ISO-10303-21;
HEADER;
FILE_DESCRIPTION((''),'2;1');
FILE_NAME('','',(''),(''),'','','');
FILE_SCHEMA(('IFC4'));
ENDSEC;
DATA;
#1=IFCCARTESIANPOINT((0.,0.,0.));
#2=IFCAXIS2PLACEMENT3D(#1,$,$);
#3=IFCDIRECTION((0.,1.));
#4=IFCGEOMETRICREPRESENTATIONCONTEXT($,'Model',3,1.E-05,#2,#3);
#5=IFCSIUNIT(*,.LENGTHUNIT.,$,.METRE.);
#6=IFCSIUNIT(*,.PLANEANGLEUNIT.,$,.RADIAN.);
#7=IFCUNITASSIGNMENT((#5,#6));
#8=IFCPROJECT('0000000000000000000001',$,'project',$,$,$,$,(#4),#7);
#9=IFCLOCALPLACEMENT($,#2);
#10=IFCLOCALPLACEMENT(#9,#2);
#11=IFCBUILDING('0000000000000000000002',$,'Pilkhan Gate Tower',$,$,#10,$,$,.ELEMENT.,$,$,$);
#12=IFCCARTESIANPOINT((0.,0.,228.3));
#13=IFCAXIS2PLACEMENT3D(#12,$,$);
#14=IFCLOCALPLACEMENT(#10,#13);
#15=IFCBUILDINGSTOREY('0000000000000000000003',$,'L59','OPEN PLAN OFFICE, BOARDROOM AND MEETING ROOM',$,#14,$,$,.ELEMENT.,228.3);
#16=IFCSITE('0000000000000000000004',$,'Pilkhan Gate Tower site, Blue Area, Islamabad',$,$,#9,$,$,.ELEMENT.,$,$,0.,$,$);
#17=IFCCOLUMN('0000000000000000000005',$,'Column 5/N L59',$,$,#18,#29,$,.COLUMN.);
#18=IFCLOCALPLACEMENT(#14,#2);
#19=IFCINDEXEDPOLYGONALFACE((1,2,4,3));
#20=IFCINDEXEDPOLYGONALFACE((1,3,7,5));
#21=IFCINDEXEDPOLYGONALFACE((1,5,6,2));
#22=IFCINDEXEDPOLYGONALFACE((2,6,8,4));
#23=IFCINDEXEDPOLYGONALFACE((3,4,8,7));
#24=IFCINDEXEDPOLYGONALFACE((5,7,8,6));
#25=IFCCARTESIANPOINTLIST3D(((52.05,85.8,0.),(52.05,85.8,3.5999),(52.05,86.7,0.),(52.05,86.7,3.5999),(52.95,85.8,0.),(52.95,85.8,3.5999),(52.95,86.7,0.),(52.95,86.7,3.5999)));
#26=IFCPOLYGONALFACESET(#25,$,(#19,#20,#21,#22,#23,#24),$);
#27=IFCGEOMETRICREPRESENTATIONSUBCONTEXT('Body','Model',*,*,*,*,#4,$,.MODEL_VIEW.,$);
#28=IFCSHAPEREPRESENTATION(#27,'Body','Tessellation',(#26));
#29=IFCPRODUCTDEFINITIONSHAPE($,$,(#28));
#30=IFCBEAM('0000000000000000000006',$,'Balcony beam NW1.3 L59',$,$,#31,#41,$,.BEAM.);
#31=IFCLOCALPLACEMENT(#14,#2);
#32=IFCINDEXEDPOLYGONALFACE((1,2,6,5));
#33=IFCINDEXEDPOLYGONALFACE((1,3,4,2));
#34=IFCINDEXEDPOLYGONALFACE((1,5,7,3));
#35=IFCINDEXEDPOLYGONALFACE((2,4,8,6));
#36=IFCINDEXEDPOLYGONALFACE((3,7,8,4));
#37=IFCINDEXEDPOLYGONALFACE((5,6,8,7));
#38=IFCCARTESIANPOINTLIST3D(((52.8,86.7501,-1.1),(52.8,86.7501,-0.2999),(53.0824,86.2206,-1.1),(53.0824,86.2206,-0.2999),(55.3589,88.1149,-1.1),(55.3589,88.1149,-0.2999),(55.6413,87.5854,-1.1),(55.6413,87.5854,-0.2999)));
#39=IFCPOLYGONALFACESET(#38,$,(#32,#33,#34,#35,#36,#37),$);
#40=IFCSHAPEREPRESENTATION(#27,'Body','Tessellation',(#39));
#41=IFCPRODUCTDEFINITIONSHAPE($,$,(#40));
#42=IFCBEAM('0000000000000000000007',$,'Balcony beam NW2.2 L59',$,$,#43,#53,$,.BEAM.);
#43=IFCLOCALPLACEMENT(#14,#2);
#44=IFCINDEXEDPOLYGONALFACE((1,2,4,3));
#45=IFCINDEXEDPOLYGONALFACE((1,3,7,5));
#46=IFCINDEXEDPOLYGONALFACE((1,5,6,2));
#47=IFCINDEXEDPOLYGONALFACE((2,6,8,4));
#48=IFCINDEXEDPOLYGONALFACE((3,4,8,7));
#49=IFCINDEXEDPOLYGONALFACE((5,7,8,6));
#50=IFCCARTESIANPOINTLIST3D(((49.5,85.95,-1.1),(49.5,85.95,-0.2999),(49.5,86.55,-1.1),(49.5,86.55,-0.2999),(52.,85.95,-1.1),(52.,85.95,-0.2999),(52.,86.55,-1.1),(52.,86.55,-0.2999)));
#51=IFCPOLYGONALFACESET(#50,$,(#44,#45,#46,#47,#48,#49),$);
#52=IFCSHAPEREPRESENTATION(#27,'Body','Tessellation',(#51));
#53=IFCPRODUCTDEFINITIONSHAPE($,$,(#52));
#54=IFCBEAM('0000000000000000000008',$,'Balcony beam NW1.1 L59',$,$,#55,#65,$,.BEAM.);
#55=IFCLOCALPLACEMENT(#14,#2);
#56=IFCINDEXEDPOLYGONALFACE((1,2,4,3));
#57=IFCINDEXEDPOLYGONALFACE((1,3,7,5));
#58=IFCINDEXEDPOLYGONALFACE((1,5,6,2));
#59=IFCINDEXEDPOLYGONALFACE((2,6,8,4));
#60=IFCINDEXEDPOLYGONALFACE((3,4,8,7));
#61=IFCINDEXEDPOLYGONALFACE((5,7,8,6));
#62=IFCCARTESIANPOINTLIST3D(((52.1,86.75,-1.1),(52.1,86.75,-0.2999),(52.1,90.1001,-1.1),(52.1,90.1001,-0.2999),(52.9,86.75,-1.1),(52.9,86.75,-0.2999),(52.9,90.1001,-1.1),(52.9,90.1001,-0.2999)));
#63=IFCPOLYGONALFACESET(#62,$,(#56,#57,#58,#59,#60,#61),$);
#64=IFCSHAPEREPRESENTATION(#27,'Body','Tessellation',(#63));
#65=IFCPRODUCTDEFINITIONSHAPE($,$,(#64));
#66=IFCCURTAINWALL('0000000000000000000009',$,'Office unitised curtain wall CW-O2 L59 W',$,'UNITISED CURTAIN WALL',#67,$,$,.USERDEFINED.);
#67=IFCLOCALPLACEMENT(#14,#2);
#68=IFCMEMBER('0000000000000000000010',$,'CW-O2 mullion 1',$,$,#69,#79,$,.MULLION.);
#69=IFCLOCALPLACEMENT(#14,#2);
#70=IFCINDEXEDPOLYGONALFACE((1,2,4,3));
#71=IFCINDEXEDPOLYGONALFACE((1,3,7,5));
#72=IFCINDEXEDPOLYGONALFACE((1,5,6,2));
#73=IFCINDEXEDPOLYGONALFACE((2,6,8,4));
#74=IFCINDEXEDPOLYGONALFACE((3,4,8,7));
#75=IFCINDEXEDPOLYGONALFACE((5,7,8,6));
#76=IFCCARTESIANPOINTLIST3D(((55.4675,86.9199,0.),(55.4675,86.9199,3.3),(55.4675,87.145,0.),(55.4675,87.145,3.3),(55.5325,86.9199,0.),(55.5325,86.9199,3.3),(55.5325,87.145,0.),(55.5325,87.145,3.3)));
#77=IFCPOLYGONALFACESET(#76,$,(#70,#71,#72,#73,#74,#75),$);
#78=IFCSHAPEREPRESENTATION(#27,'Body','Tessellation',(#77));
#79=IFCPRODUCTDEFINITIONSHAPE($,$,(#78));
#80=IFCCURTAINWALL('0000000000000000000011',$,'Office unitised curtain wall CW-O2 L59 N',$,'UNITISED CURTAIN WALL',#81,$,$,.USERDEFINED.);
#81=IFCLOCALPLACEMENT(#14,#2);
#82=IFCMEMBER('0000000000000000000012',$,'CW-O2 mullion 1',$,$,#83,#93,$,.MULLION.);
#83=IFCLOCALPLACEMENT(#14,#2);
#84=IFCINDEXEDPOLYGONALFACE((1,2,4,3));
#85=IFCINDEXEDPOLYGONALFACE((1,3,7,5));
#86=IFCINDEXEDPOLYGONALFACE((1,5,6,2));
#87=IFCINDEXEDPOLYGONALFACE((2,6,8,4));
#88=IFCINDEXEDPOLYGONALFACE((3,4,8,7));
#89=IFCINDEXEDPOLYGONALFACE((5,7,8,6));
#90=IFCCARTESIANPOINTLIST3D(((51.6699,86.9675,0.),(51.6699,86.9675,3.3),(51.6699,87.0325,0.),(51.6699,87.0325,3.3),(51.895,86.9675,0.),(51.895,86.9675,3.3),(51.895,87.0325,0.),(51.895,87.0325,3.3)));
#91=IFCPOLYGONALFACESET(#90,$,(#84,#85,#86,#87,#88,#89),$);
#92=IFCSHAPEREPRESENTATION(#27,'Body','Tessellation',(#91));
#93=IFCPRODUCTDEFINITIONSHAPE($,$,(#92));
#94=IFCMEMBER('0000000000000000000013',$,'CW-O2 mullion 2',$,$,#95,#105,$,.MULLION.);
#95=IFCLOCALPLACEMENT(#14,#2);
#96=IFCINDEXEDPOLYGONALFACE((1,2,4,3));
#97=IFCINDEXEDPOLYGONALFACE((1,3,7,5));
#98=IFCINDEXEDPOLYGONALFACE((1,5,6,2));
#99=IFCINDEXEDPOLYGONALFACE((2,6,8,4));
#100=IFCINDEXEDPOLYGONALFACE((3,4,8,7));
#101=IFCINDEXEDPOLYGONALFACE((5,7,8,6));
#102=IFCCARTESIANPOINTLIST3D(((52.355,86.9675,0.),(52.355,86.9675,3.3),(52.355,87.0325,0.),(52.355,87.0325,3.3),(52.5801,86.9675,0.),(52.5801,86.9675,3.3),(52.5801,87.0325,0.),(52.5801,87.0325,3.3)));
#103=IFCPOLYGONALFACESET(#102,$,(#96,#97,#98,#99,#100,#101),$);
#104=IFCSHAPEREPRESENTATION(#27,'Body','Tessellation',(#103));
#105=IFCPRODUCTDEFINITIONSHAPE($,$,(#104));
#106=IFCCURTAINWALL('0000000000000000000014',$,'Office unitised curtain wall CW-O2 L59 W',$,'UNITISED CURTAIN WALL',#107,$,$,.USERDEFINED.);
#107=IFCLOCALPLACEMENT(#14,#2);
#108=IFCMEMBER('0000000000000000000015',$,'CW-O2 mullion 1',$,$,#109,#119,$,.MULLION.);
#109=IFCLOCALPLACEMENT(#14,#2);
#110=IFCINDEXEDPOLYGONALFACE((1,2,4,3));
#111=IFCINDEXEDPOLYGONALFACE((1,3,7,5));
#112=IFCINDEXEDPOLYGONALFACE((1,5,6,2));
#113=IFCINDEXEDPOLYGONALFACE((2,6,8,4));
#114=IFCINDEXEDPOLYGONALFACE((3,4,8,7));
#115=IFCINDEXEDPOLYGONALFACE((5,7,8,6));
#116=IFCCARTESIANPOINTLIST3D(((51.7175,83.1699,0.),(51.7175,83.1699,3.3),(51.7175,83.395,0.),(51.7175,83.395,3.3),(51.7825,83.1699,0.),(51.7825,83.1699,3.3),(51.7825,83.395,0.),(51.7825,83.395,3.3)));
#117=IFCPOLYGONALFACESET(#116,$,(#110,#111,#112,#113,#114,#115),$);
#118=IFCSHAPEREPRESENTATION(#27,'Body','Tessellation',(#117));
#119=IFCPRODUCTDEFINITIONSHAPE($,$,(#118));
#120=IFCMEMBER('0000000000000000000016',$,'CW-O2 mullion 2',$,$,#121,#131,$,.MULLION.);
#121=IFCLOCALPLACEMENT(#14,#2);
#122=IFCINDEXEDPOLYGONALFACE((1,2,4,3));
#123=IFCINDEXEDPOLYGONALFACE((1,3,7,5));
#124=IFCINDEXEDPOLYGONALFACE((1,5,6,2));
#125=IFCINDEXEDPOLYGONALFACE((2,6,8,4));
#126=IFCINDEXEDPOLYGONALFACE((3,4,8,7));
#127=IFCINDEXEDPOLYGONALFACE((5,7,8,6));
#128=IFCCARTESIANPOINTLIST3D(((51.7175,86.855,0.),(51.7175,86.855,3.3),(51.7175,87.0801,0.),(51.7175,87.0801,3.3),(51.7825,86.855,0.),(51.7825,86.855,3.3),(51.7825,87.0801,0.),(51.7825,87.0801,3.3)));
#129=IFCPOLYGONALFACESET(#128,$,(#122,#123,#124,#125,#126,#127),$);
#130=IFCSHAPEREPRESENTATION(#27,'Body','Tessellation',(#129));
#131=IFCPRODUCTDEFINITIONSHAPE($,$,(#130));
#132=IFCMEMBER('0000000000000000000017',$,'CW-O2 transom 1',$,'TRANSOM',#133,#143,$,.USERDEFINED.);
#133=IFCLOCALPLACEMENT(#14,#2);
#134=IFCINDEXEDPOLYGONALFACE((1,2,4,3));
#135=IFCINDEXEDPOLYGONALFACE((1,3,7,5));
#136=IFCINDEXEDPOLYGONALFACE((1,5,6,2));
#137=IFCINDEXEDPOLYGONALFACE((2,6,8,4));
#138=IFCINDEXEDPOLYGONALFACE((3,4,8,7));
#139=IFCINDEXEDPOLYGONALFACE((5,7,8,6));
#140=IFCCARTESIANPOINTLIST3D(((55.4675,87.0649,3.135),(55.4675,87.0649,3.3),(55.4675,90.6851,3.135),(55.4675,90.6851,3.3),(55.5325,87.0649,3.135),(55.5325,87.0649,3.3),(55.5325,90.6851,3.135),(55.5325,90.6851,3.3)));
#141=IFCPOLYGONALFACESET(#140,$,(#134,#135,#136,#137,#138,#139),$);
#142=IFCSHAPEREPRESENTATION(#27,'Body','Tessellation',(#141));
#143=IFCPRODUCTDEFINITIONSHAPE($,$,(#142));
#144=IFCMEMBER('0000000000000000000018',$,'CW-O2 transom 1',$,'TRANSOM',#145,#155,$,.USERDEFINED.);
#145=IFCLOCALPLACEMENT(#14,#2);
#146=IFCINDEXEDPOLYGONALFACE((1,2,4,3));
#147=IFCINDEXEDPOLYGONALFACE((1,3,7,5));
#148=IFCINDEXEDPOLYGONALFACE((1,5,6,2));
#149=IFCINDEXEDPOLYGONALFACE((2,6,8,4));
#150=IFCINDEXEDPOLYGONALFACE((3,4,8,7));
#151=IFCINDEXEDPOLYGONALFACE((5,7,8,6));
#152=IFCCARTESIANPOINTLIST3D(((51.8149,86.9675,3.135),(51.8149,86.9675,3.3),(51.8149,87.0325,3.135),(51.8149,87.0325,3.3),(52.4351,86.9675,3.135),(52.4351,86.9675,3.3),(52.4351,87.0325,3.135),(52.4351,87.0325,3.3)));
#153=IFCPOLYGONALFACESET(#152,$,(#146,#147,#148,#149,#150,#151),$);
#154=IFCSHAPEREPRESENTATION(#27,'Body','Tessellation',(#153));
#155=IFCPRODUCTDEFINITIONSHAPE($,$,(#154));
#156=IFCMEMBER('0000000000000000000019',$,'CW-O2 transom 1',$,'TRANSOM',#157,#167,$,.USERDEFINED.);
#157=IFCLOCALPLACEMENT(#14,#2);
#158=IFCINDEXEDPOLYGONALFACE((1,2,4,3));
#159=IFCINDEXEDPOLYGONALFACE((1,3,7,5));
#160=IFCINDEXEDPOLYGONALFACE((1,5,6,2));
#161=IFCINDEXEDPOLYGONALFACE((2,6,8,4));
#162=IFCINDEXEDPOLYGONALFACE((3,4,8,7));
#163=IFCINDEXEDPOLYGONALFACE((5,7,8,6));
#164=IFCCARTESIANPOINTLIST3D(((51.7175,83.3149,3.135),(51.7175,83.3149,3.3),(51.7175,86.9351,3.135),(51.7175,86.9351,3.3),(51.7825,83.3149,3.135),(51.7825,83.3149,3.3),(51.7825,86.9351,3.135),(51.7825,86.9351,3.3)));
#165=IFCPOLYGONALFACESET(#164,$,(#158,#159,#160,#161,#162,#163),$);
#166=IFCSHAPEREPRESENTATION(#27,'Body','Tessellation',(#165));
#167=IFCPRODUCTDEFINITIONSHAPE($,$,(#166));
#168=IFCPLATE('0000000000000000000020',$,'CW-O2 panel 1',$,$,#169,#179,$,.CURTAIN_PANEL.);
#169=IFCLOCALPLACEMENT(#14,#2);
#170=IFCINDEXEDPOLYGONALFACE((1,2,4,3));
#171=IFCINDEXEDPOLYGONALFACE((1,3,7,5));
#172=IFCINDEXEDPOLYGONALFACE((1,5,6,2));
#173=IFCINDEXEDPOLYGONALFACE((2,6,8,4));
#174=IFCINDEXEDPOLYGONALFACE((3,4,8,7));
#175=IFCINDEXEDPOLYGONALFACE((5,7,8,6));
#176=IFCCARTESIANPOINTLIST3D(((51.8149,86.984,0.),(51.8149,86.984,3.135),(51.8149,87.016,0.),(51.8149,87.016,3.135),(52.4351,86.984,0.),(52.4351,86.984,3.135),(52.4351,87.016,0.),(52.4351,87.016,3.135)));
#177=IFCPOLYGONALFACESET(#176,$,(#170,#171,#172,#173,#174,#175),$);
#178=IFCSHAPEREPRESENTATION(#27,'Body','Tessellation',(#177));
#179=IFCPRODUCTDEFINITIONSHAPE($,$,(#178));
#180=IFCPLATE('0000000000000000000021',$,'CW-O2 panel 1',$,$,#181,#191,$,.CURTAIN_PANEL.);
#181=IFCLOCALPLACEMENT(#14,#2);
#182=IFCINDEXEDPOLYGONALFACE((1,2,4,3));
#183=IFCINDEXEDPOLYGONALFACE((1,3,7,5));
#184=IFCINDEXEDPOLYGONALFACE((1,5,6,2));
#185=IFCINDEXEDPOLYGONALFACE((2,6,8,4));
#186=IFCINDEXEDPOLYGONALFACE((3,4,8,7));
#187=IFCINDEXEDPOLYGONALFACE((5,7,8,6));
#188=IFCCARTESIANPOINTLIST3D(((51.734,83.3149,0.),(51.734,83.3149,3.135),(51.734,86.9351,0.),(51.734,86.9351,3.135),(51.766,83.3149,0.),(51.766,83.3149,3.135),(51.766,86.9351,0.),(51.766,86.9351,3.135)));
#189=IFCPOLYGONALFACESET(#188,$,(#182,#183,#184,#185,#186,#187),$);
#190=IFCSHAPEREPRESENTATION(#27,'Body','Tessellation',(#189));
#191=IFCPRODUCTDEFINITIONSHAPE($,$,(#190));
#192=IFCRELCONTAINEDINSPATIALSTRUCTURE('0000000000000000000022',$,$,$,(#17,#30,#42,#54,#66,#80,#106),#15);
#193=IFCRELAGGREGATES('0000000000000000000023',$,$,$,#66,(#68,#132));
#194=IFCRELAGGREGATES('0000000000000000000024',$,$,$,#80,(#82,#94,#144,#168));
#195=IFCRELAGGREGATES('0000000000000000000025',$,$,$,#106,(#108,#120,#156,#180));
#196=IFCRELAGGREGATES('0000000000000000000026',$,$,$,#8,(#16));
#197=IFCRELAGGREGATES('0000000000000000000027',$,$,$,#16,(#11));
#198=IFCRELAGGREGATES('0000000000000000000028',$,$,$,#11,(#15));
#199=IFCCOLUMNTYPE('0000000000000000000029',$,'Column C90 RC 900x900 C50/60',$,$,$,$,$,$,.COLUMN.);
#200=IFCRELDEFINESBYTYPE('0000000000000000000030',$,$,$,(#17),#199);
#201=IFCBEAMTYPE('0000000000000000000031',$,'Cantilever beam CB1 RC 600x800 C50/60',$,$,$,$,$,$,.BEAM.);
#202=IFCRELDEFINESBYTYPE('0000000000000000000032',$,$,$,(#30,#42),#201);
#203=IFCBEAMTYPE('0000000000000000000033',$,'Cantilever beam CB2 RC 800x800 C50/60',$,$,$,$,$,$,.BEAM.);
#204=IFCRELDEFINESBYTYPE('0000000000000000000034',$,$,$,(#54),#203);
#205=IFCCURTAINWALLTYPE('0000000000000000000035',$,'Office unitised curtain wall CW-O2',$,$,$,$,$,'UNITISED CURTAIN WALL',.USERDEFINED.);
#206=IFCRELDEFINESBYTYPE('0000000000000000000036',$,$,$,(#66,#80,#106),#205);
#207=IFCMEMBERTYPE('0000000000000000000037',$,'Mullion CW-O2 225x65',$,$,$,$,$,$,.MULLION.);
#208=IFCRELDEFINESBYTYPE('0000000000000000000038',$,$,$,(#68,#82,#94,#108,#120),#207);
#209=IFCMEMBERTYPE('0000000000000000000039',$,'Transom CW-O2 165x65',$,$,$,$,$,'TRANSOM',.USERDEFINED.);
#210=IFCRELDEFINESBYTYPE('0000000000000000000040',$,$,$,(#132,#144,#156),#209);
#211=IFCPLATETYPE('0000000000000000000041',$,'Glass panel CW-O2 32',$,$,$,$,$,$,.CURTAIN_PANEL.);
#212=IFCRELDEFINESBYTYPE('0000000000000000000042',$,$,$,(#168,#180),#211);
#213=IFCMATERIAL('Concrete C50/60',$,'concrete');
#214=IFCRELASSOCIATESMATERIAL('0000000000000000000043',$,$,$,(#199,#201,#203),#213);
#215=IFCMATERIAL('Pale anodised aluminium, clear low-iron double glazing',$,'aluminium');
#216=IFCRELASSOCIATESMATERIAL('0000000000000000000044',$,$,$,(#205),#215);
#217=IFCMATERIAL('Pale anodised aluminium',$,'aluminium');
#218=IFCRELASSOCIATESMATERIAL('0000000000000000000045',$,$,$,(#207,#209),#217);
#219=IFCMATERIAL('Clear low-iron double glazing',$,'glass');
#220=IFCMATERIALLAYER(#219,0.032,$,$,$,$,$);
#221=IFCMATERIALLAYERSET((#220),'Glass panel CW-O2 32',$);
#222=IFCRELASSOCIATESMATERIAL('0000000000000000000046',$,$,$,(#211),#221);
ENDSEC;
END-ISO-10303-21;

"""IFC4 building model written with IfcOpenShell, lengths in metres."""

from ifc_helpers import new_model, si_unit, direction, frame, origin, origin_2d, place, context, subcontext, project, spatial, rectangle, extrude, material, layer, layer_set, material_profile, profile_set, type_object, element, aggregate, save


model = new_model("IFC4")

# Units and contexts
model_context = context("Model", 3, precision=1e-05, world=origin(), true_north=direction((0.0, 1.0)))
body_context = subcontext(model_context, "Body", "Model", "MODEL_VIEW")
ifc_project = project(units=[si_unit("LENGTHUNIT", "METRE"), si_unit("PLANEANGLEUNIT", "RADIAN")], contexts=[model_context])

# Site, building, storey
site_placement = place(None, origin())
site = spatial("IfcSite", under=ifc_project, at=site_placement, Name="Pilkhan Gate Tower site, Blue Area, Islamabad", CompositionType="ELEMENT", RefElevation=0.0)
building_placement = place(site_placement, origin())
building = spatial("IfcBuilding", under=site, at=building_placement, Name="Pilkhan Gate Tower", CompositionType="ELEMENT")
storey_placement = place(building_placement, frame((0.0, 0.0, 228.3)))
storey = spatial("IfcBuildingStorey", under=building, at=storey_placement, Name="L59", Description="OPEN PLAN OFFICE, BOARDROOM AND MEETING ROOM", CompositionType="ELEMENT", Elevation=228.3)

# Column
ifc_material_1 = material(Name="Concrete C50/60", Category="concrete")
ifc_material_profile_1 = material_profile(ifc_material_1, rectangle(XDim=0.8999, YDim=0.8999, at=origin_2d()), Name="RC 900x900")
ifc_profile_set_1 = profile_set([ifc_material_profile_1], Name="Concrete C50/60")
column_type = type_object("IfcColumnType", Name="Column C90 RC 900x900 C50/60", PredefinedType="COLUMN", material=ifc_profile_set_1)
column_placement = place(storey_placement, frame((52.5, 86.25, 0.0), z_axis=(0.0, 0.0, 1.0), x_axis=(1.0, 0.0, 0.0)))
element("IfcColumn", 1, at=column_placement, inside=storey, type_object=column_type, Name="Column 5/N L59", PredefinedType="COLUMN", context=body_context, shape_type="SweptSolid", body=[
    extrude(rectangle(XDim=0.8999, YDim=0.8999, at=origin_2d()), origin(), (0.0, 0.0, 1.0), 3.5999),
])

# Beams
ifc_material_profile_2 = material_profile(ifc_material_1, rectangle(XDim=0.6001, YDim=0.8, at=origin_2d()), Name="RC 600x800")
ifc_profile_set_2 = profile_set([ifc_material_profile_2], Name="Concrete C50/60")
beam_type_1 = type_object("IfcBeamType", Name="Cantilever beam CB1 RC 600x800 C50/60", PredefinedType="BEAM", material=ifc_profile_set_2)
beam_1_placement = place(storey_placement, frame((52.9412, 86.4854, -0.7), z_axis=(0.882348, 0.470597, 0.0), x_axis=(-0.470597, 0.882348, 0.0)))
element("IfcBeam", 2, at=beam_1_placement, inside=storey, type_object=beam_type_1, Name="Balcony beam NW1.3 L59", PredefinedType="BEAM", context=body_context, shape_type="SweptSolid", body=[
    extrude(rectangle(XDim=0.6001, YDim=0.8, at=origin_2d()), origin(), (0.0, 0.0, 1.0), 2.9001),
])
beam_2_placement = place(storey_placement, frame((52.0, 86.25, -0.7), z_axis=(-1.0, 0.0, 0.0), x_axis=(0.0, -1.0, 0.0)))
element("IfcBeam", 3, at=beam_2_placement, inside=storey, type_object=beam_type_1, Name="Balcony beam NW2.2 L59", PredefinedType="BEAM", context=body_context, shape_type="SweptSolid", body=[
    extrude(rectangle(XDim=0.6001, YDim=0.8, at=origin_2d()), origin(), (0.0, 0.0, 1.0), 2.5),
])
ifc_material_profile_3 = material_profile(ifc_material_1, rectangle(XDim=0.8, YDim=0.8, at=origin_2d()), Name="RC 800x800")
ifc_profile_set_3 = profile_set([ifc_material_profile_3], Name="Concrete C50/60")
beam_type_2 = type_object("IfcBeamType", Name="Cantilever beam CB2 RC 800x800 C50/60", PredefinedType="BEAM", material=ifc_profile_set_3)
beam_3_placement = place(storey_placement, frame((52.5, 86.75, -0.7), z_axis=(0.0, 1.0, 0.0), x_axis=(-1.0, 0.0, 0.0)))
element("IfcBeam", 4, at=beam_3_placement, inside=storey, type_object=beam_type_2, Name="Balcony beam NW1.1 L59", PredefinedType="BEAM", context=body_context, shape_type="SweptSolid", body=[
    extrude(rectangle(XDim=0.8, YDim=0.8, at=origin_2d()), origin(), (0.0, 0.0, 1.0), 3.3501),
])

# Curtain wall, member
ifc_material_2 = material(Name="Pale anodised aluminium, clear low-iron double glazing", Category="aluminium")
curtain_wall_type = type_object("IfcCurtainWallType", Name="Office unitised curtain wall CW-O2", ElementType="UNITISED CURTAIN WALL", PredefinedType="USERDEFINED", material=ifc_material_2)
curtain_wall_1_placement = place(storey_placement, origin())
curtain_wall_1 = element("IfcCurtainWall", 5, at=curtain_wall_1_placement, inside=storey, type_object=curtain_wall_type, Name="Office unitised curtain wall CW-O2 L59 W", ObjectType="UNITISED CURTAIN WALL", PredefinedType="USERDEFINED")
ifc_material_3 = material(Name="Pale anodised aluminium", Category="aluminium")
ifc_material_profile_4 = material_profile(ifc_material_3, rectangle(XDim=0.0649, YDim=0.2251, at=origin_2d()), Name="Mullion 225x65")
ifc_profile_set_4 = profile_set([ifc_material_profile_4], Name="Pale anodised aluminium")
member_type_1 = type_object("IfcMemberType", Name="Mullion CW-O2 225x65", PredefinedType="MULLION", material=ifc_profile_set_4)
member_1_placement = place(storey_placement, frame((55.5, 87.0325, 0.0), z_axis=(0.0, 0.0, 1.0), x_axis=(-1.0, 0.0, 0.0)))
member_1 = element("IfcMember", 6, at=member_1_placement, type_object=member_type_1, Name="CW-O2 mullion 1", PredefinedType="MULLION", context=body_context, shape_type="SweptSolid", body=[
    extrude(rectangle(XDim=0.0649, YDim=0.2251, at=origin_2d()), origin(), (0.0, 0.0, 1.0), 3.3),
])

# Curtain walls, members
curtain_wall_2_placement = place(storey_placement, origin())
curtain_wall_2 = element("IfcCurtainWall", 7, at=curtain_wall_2_placement, inside=storey, type_object=curtain_wall_type, Name="Office unitised curtain wall CW-O2 L59 N", ObjectType="UNITISED CURTAIN WALL", PredefinedType="USERDEFINED")
member_2_placement = place(storey_placement, frame((51.7825, 87.0, 0.0), z_axis=(0.0, 0.0, 1.0), x_axis=(0.0, 1.0, 0.0)))
member_2 = element("IfcMember", 8, at=member_2_placement, type_object=member_type_1, Name="CW-O2 mullion 1", PredefinedType="MULLION", context=body_context, shape_type="SweptSolid", body=[
    extrude(rectangle(XDim=0.0649, YDim=0.2251, at=origin_2d()), origin(), (0.0, 0.0, 1.0), 3.3),
])
member_3_placement = place(storey_placement, frame((52.4675, 87.0, 0.0), z_axis=(0.0, 0.0, 1.0), x_axis=(0.0, 1.0, 0.0)))
member_3 = element("IfcMember", 9, at=member_3_placement, type_object=member_type_1, Name="CW-O2 mullion 2", PredefinedType="MULLION", context=body_context, shape_type="SweptSolid", body=[
    extrude(rectangle(XDim=0.0649, YDim=0.2251, at=origin_2d()), origin(), (0.0, 0.0, 1.0), 3.3),
])
curtain_wall_3_placement = place(storey_placement, origin())
curtain_wall_3 = element("IfcCurtainWall", 10, at=curtain_wall_3_placement, inside=storey, type_object=curtain_wall_type, Name="Office unitised curtain wall CW-O2 L59 W", ObjectType="UNITISED CURTAIN WALL", PredefinedType="USERDEFINED")
member_4_placement = place(storey_placement, frame((51.75, 83.2825, 0.0), z_axis=(0.0, 0.0, 1.0), x_axis=(-1.0, 0.0, 0.0)))
member_4 = element("IfcMember", 11, at=member_4_placement, type_object=member_type_1, Name="CW-O2 mullion 1", PredefinedType="MULLION", context=body_context, shape_type="SweptSolid", body=[
    extrude(rectangle(XDim=0.0649, YDim=0.2251, at=origin_2d()), origin(), (0.0, 0.0, 1.0), 3.3),
])
member_5_placement = place(storey_placement, frame((51.75, 86.9675, 0.0), z_axis=(0.0, 0.0, 1.0), x_axis=(-1.0, 0.0, 0.0)))
member_5 = element("IfcMember", 12, at=member_5_placement, type_object=member_type_1, Name="CW-O2 mullion 2", PredefinedType="MULLION", context=body_context, shape_type="SweptSolid", body=[
    extrude(rectangle(XDim=0.0649, YDim=0.2251, at=origin_2d()), origin(), (0.0, 0.0, 1.0), 3.3),
])

# Members
ifc_material_profile_5 = material_profile(ifc_material_3, rectangle(XDim=0.0649, YDim=0.165, at=origin_2d()), Name="Transom 165x65")
ifc_profile_set_5 = profile_set([ifc_material_profile_5], Name="Pale anodised aluminium")
member_type_2 = type_object("IfcMemberType", Name="Transom CW-O2 165x65", ElementType="TRANSOM", PredefinedType="USERDEFINED", material=ifc_profile_set_5)
member_6_placement = place(storey_placement, frame((55.5, 87.0649, 3.2175), z_axis=(0.0, 1.0, 0.0), x_axis=(-1.0, 0.0, 0.0)))
member_6 = element("IfcMember", 13, at=member_6_placement, type_object=member_type_2, Name="CW-O2 transom 1", ObjectType="TRANSOM", PredefinedType="USERDEFINED", context=body_context, shape_type="SweptSolid", body=[
    extrude(rectangle(XDim=0.0649, YDim=0.165, at=origin_2d()), origin(), (0.0, 0.0, 1.0), 3.6201),
])
aggregate(curtain_wall_1, [member_1, member_6])
member_7_placement = place(storey_placement, frame((51.8149, 87.0, 3.2175), z_axis=(1.0, 0.0, 0.0), x_axis=(0.0, 1.0, 0.0)))
member_7 = element("IfcMember", 14, at=member_7_placement, type_object=member_type_2, Name="CW-O2 transom 1", ObjectType="TRANSOM", PredefinedType="USERDEFINED", context=body_context, shape_type="SweptSolid", body=[
    extrude(rectangle(XDim=0.0649, YDim=0.165, at=origin_2d()), origin(), (0.0, 0.0, 1.0), 0.6201),
])
member_8_placement = place(storey_placement, frame((51.75, 83.3149, 3.2175), z_axis=(0.0, 1.0, 0.0), x_axis=(-1.0, 0.0, 0.0)))
member_8 = element("IfcMember", 15, at=member_8_placement, type_object=member_type_2, Name="CW-O2 transom 1", ObjectType="TRANSOM", PredefinedType="USERDEFINED", context=body_context, shape_type="SweptSolid", body=[
    extrude(rectangle(XDim=0.0649, YDim=0.165, at=origin_2d()), origin(), (0.0, 0.0, 1.0), 3.6201),
])

# Plates
ifc_material_4 = material(Name="Clear low-iron double glazing", Category="glass")
ifc_layer_1 = layer(ifc_material_4, 0.032)
ifc_layer_set_1 = layer_set([ifc_layer_1], Name="Glass panel CW-O2 32")
plate_type = type_object("IfcPlateType", Name="Glass panel CW-O2 32", PredefinedType="CURTAIN_PANEL", material=ifc_layer_set_1)
plate_1_placement = place(storey_placement, frame((52.125, 87.0, 0.0), z_axis=(0.0, 0.0, 1.0), x_axis=(1.0, 0.0, 0.0)))
plate_1 = element("IfcPlate", 16, at=plate_1_placement, type_object=plate_type, Name="CW-O2 panel 1", PredefinedType="CURTAIN_PANEL", context=body_context, shape_type="SweptSolid", body=[
    extrude(rectangle(XDim=0.6201, YDim=0.032, at=origin_2d()), origin(), (0.0, 0.0, 1.0), 3.135),
])
aggregate(curtain_wall_2, [member_2, member_3, member_7, plate_1])
plate_2_placement = place(storey_placement, frame((51.75, 85.125, 0.0), z_axis=(0.0, 0.0, 1.0), x_axis=(0.0, 1.0, 0.0)))
plate_2 = element("IfcPlate", 17, at=plate_2_placement, type_object=plate_type, Name="CW-O2 panel 1", PredefinedType="CURTAIN_PANEL", context=body_context, shape_type="SweptSolid", body=[
    extrude(rectangle(XDim=3.6201, YDim=0.032, at=origin_2d()), origin(), (0.0, 0.0, 1.0), 3.135),
])
aggregate(curtain_wall_3, [member_4, member_5, member_8, plate_2])

save(model, "model.ifc")
